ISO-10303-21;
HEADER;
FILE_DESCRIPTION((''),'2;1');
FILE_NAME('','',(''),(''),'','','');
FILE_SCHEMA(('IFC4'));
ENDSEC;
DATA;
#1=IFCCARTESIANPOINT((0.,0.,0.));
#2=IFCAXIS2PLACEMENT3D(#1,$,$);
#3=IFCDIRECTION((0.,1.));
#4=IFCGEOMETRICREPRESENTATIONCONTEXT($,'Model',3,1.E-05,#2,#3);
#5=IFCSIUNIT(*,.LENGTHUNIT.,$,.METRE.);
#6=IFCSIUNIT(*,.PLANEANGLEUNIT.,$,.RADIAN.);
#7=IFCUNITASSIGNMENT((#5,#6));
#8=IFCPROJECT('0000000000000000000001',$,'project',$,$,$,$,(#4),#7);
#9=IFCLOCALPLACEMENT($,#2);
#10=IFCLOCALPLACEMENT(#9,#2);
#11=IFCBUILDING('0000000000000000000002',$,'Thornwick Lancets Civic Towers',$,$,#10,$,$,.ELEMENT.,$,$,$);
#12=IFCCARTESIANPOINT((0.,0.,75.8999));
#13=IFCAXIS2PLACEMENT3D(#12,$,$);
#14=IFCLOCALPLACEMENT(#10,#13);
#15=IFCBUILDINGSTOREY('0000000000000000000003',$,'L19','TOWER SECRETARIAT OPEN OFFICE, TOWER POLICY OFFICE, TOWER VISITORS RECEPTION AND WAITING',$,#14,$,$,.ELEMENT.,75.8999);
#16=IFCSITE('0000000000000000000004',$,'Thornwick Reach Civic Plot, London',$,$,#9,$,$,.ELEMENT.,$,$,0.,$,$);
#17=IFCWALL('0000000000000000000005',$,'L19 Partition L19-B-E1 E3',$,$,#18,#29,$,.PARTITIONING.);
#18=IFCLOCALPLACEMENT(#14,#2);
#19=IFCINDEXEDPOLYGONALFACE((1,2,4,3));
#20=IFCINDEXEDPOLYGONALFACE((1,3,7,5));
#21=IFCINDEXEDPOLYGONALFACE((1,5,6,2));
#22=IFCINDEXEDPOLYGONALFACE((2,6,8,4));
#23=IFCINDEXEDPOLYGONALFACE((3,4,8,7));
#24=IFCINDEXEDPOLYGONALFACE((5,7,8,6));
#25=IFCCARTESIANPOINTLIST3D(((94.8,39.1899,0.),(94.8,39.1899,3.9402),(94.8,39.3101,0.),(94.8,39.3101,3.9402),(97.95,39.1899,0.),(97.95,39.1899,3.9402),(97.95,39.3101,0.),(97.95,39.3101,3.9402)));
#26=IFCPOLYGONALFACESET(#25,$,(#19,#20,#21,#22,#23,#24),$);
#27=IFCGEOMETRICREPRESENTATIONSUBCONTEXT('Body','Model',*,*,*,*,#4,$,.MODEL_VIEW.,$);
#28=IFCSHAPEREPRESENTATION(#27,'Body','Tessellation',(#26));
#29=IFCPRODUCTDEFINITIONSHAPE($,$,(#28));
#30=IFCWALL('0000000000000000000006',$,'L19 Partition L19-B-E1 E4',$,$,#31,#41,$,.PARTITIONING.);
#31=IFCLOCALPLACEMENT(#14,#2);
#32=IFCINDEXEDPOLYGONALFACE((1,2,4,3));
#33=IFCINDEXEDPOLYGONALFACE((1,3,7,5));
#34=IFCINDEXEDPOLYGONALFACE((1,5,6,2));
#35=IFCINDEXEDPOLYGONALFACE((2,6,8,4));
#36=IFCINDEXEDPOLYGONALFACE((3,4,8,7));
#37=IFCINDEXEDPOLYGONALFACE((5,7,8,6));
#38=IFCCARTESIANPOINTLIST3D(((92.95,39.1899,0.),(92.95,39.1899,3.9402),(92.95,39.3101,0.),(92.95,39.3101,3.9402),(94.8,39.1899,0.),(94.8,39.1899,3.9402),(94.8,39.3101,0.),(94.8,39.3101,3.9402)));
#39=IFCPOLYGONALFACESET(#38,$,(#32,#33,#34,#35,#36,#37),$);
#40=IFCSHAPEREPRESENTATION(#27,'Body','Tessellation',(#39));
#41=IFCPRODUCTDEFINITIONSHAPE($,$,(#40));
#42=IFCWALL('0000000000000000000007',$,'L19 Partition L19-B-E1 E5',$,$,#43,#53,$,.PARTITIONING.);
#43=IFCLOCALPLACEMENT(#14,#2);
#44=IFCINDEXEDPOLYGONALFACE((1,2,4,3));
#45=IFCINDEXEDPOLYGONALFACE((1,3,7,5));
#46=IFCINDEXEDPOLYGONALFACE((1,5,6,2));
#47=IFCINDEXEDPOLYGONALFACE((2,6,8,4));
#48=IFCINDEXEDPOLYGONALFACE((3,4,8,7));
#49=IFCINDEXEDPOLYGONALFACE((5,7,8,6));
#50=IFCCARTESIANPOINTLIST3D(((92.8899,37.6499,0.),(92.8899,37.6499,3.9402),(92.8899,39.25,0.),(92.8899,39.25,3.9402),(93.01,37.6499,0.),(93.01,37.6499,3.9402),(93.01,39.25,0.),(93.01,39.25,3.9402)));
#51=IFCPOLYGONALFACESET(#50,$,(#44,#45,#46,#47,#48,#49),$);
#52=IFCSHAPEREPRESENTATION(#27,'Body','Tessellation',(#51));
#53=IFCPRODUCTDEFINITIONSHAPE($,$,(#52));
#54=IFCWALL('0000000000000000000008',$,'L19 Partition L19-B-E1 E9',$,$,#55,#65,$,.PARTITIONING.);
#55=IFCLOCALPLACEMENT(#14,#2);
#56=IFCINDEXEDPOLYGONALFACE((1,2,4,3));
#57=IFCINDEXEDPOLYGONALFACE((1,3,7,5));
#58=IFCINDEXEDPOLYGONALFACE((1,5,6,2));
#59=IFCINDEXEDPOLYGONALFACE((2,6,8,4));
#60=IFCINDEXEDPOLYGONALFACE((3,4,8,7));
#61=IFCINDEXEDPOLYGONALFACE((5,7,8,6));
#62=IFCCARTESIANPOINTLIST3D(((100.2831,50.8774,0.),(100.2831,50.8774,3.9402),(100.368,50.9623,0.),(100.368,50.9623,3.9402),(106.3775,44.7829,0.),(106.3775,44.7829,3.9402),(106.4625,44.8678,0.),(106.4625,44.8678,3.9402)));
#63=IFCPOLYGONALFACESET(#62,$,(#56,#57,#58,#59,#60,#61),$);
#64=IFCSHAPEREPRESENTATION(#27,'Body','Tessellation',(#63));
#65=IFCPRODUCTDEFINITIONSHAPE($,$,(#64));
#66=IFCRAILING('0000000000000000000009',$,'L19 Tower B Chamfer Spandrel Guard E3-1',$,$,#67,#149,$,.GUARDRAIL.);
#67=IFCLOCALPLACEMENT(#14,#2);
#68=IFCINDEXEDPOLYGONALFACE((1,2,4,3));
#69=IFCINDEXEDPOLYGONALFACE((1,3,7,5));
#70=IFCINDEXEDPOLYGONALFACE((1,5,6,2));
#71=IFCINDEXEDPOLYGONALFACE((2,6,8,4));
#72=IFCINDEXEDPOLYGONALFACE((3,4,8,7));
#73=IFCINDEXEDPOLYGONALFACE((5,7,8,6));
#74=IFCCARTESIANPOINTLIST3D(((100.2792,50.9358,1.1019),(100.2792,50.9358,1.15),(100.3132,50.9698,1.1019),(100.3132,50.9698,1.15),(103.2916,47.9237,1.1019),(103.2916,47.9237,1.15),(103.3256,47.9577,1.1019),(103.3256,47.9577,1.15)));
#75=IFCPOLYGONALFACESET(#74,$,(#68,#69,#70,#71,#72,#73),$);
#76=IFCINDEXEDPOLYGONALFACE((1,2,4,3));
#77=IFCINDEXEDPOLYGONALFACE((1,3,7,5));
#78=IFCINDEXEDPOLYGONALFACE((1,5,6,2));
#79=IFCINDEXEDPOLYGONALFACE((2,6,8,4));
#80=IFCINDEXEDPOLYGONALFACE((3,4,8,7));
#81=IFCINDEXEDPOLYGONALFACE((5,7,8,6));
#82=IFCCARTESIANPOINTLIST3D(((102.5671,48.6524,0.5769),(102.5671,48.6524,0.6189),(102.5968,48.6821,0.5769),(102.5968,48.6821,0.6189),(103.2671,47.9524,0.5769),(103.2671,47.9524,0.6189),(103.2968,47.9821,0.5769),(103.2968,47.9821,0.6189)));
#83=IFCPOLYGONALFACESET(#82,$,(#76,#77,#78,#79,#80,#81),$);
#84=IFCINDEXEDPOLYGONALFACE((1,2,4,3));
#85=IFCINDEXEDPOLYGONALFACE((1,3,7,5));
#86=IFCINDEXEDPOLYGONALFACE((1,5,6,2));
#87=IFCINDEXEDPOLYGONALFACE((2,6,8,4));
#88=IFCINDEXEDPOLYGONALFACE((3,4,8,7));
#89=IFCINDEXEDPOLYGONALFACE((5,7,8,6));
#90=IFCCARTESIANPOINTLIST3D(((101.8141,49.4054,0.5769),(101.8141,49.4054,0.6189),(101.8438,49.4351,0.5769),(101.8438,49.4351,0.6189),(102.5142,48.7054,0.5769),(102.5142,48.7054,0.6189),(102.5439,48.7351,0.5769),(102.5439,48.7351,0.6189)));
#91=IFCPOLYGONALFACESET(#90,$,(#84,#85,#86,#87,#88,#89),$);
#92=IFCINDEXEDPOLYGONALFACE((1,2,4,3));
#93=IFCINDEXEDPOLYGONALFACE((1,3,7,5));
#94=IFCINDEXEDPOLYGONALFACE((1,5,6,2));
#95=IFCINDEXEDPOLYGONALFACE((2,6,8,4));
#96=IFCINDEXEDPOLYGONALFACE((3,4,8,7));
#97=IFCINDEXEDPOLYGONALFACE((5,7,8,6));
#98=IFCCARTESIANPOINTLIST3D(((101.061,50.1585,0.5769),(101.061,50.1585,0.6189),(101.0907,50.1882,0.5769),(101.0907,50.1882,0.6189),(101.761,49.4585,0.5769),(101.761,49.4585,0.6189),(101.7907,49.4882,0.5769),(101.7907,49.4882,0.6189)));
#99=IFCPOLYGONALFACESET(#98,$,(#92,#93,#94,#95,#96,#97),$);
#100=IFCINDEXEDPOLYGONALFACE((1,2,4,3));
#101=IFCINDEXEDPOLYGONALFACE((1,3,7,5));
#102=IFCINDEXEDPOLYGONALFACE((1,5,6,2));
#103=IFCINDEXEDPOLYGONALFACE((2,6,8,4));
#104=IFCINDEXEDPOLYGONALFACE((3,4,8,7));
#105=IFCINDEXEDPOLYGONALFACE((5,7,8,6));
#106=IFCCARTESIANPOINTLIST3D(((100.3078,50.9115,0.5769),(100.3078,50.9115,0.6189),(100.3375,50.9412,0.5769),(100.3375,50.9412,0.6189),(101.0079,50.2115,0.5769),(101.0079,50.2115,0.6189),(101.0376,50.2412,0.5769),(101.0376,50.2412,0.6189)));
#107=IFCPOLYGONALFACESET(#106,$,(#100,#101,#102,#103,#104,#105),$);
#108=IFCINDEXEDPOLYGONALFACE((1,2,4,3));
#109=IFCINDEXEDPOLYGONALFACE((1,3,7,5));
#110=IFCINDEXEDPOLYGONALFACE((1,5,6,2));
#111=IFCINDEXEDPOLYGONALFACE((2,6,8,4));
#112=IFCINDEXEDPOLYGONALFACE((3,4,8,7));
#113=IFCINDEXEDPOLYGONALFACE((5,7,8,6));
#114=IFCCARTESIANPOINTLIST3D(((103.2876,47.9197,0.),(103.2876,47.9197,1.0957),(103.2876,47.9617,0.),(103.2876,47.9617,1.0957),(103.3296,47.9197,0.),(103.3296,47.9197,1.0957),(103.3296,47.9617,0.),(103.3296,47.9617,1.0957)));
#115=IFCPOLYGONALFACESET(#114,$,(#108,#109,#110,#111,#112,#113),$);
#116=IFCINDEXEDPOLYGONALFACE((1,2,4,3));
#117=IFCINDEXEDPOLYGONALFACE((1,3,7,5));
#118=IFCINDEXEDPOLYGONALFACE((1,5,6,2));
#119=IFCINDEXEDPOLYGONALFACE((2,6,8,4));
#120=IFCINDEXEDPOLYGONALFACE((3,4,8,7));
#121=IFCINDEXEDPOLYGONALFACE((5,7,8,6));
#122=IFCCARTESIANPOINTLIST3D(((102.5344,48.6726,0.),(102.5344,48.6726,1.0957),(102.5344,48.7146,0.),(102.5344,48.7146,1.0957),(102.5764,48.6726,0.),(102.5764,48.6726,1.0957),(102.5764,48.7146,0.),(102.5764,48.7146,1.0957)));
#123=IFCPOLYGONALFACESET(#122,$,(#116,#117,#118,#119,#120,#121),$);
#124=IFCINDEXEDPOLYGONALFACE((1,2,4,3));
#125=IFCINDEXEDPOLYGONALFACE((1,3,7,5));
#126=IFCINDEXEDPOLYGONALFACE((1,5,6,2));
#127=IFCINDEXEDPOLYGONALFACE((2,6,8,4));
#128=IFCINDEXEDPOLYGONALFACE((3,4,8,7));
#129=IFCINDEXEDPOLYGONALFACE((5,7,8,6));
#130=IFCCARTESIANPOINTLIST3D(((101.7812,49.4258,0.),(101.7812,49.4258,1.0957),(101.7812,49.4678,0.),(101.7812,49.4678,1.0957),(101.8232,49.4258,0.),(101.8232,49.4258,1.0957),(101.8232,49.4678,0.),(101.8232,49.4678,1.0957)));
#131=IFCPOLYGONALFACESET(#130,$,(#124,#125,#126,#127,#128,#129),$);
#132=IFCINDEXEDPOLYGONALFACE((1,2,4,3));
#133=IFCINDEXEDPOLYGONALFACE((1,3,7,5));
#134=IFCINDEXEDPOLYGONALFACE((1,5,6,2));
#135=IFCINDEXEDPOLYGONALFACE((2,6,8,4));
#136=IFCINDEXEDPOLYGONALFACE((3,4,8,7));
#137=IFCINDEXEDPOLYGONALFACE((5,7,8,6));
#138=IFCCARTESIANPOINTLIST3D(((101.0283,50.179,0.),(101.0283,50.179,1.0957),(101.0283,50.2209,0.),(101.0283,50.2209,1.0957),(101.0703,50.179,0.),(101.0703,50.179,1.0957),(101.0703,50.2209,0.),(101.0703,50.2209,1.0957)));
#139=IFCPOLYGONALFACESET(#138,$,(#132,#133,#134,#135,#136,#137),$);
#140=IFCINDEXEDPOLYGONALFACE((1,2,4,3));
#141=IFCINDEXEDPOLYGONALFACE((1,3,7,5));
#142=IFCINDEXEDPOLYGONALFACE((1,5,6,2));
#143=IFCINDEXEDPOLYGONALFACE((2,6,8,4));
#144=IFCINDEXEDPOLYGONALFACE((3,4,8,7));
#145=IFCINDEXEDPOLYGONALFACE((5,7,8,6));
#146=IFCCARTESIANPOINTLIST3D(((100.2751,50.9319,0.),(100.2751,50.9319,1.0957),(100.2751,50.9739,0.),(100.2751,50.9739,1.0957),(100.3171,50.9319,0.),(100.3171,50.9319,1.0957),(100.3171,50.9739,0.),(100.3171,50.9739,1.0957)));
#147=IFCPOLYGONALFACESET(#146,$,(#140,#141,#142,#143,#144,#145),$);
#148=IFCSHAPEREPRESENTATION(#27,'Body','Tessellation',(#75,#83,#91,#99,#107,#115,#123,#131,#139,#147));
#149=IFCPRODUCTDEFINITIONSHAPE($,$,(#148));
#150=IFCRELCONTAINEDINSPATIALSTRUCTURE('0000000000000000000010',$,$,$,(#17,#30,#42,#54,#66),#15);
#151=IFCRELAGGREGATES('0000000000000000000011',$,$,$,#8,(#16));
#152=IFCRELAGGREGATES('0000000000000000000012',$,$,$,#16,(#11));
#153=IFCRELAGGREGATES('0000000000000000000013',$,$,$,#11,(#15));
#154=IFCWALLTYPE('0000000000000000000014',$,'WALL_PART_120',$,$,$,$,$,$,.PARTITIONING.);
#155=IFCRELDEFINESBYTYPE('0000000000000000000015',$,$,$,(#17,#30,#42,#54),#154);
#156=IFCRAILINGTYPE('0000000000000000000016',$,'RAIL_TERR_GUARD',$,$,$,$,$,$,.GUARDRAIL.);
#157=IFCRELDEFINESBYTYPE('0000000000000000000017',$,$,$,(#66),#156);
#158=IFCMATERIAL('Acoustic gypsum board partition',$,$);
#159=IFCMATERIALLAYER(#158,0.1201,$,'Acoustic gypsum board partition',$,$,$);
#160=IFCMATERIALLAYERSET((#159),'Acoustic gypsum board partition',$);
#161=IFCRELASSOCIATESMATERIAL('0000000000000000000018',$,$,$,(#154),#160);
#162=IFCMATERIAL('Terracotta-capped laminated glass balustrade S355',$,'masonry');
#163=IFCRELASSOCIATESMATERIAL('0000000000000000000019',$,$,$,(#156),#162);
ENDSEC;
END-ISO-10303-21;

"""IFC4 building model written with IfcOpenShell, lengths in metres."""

from ifc_helpers import new_model, si_unit, direction, frame, frame_2d, origin, origin_2d, place, context, subcontext, project, spatial, rectangle, extrude, material, layer, layer_set, type_object, element, save


model = new_model("IFC4")

# Units and contexts
model_context = context("Model", 3, precision=1e-05, world=origin(), true_north=direction((0.0, 1.0)))
body_context = subcontext(model_context, "Body", "Model", "MODEL_VIEW")
ifc_project = project(units=[si_unit("LENGTHUNIT", "METRE"), si_unit("PLANEANGLEUNIT", "RADIAN")], contexts=[model_context])

# Site, building, storey
site_placement = place(None, origin())
site = spatial("IfcSite", under=ifc_project, at=site_placement, Name="Thornwick Reach Civic Plot, London", CompositionType="ELEMENT", RefElevation=0.0)
building_placement = place(site_placement, origin())
building = spatial("IfcBuilding", under=site, at=building_placement, Name="Thornwick Lancets Civic Towers", CompositionType="ELEMENT")
storey_placement = place(building_placement, frame((0.0, 0.0, 75.8999)))
storey = spatial("IfcBuildingStorey", under=building, at=storey_placement, Name="L19", Description="TOWER SECRETARIAT OPEN OFFICE, TOWER POLICY OFFICE, TOWER VISITORS RECEPTION AND WAITING", CompositionType="ELEMENT", Elevation=75.8999)

# Walls
ifc_material_1 = material(Name="Acoustic gypsum board partition")
ifc_layer_1 = layer(ifc_material_1, 0.1201, Name="Acoustic gypsum board partition")
ifc_layer_set_1 = layer_set([ifc_layer_1], Name="Acoustic gypsum board partition")
wall_type_1 = type_object("IfcWallType", Name="WALL_PART_120", PredefinedType="PARTITIONING", material=ifc_layer_set_1)
wall_1_placement = place(storey_placement, frame((97.95, 39.25, 0.0), z_axis=(0.0, 0.0, 1.0), x_axis=(-1.0, 0.0, 0.0)))
element("IfcWall", 1, at=wall_1_placement, inside=storey, type_object=wall_type_1, Name="L19 Partition L19-B-E1 E3", PredefinedType="PARTITIONING", context=body_context, shape_type="SweptSolid", body=[
    extrude(rectangle(XDim=3.1499, YDim=0.1201, at=frame_2d((1.575, 0.0))), origin(), (0.0, 0.0, 1.0), 3.9402),
])
wall_2_placement = place(storey_placement, frame((94.8, 39.25, 0.0), z_axis=(0.0, 0.0, 1.0), x_axis=(-1.0, 0.0, 0.0)))
element("IfcWall", 2, at=wall_2_placement, inside=storey, type_object=wall_type_1, Name="L19 Partition L19-B-E1 E4", PredefinedType="PARTITIONING", context=body_context, shape_type="SweptSolid", body=[
    extrude(rectangle(XDim=1.8501, YDim=0.1201, at=frame_2d((0.925, 0.0))), origin(), (0.0, 0.0, 1.0), 3.9402),
])
wall_3_placement = place(storey_placement, frame((92.95, 39.25, 0.0), z_axis=(0.0, 0.0, 1.0), x_axis=(0.0, -1.0, 0.0)))
element("IfcWall", 3, at=wall_3_placement, inside=storey, type_object=wall_type_1, Name="L19 Partition L19-B-E1 E5", PredefinedType="PARTITIONING", context=body_context, shape_type="SweptSolid", body=[
    extrude(rectangle(XDim=1.6001, YDim=0.1201, at=frame_2d((0.8, 0.0))), origin(), (0.0, 0.0, 1.0), 3.9402),
])
wall_4_placement = place(storey_placement, frame((100.3254, 50.9199, 0.0), z_axis=(0.0, 0.0, 1.0), x_axis=(0.707107, -0.707107, 0.0)))
element("IfcWall", 4, at=wall_4_placement, inside=storey, type_object=wall_type_1, Name="L19 Partition L19-B-E1 E9", PredefinedType="PARTITIONING", context=body_context, shape_type="SweptSolid", body=[
    extrude(rectangle(XDim=8.6189, YDim=0.1201, at=frame_2d((4.3096, 0.0))), origin(), (0.0, 0.0, 1.0), 3.9402),
])

# Railing
ifc_material_2 = material(Name="Terracotta-capped laminated glass balustrade S355", Category="masonry")
railing_type = type_object("IfcRailingType", Name="RAIL_TERR_GUARD", PredefinedType="GUARDRAIL", material=ifc_material_2)
railing_1_placement = place(storey_placement, frame((103.3086, 47.9407, 0.0)))
element("IfcRailing", 5, at=railing_1_placement, inside=storey, type_object=railing_type, Name="L19 Tower B Chamfer Spandrel Guard E3-1", PredefinedType="GUARDRAIL", context=body_context, shape_type="SweptSolid", body=[
    extrude(rectangle(XDim=0.0481, YDim=0.0481, at=origin_2d()), frame((0.0, 0.0, 1.126), z_axis=(-0.707135, 0.707078, 0.0), x_axis=(-0.707078, -0.707135, 0.0)), (0.0, 0.0, 1.0), 4.26),
    extrude(rectangle(XDim=0.042, YDim=0.042, at=origin_2d()), frame((-0.0266, 0.0266, 0.5979), z_axis=(-0.707135, 0.707078, 0.0), x_axis=(-0.707078, -0.707135, 0.0)), (0.0, 0.0, 1.0), 0.99),
    extrude(rectangle(XDim=0.042, YDim=0.042, at=origin_2d()), frame((-0.7795, 0.7795, 0.5979), z_axis=(-0.707135, 0.707078, 0.0), x_axis=(-0.707078, -0.707135, 0.0)), (0.0, 0.0, 1.0), 0.99),
    extrude(rectangle(XDim=0.042, YDim=0.042, at=origin_2d()), frame((-1.5327, 1.5327, 0.5979), z_axis=(-0.707135, 0.707078, 0.0), x_axis=(-0.707078, -0.707135, 0.0)), (0.0, 0.0, 1.0), 0.99),
    extrude(rectangle(XDim=0.042, YDim=0.042, at=origin_2d()), frame((-2.2859, 2.2856, 0.5979), z_axis=(-0.707135, 0.707078, 0.0), x_axis=(-0.707078, -0.707135, 0.0)), (0.0, 0.0, 1.0), 0.99),
    extrude(rectangle(XDim=0.042, YDim=0.042, at=origin_2d()), origin(), (0.0, 0.0, 1.0), 1.0957),
    extrude(rectangle(XDim=0.042, YDim=0.042, at=origin_2d()), frame((-0.7532, 0.7529, 0.0)), (0.0, 0.0, 1.0), 1.0957),
    extrude(rectangle(XDim=0.042, YDim=0.042, at=origin_2d()), frame((-1.5063, 1.5061, 0.0)), (0.0, 0.0, 1.0), 1.0957),
    extrude(rectangle(XDim=0.042, YDim=0.042, at=origin_2d()), frame((-2.2593, 2.2593, 0.0)), (0.0, 0.0, 1.0), 1.0957),
    extrude(rectangle(XDim=0.042, YDim=0.042, at=origin_2d()), frame((-3.0125, 3.0122, 0.0)), (0.0, 0.0, 1.0), 1.0957),
])

save(model, "model.ifc")
